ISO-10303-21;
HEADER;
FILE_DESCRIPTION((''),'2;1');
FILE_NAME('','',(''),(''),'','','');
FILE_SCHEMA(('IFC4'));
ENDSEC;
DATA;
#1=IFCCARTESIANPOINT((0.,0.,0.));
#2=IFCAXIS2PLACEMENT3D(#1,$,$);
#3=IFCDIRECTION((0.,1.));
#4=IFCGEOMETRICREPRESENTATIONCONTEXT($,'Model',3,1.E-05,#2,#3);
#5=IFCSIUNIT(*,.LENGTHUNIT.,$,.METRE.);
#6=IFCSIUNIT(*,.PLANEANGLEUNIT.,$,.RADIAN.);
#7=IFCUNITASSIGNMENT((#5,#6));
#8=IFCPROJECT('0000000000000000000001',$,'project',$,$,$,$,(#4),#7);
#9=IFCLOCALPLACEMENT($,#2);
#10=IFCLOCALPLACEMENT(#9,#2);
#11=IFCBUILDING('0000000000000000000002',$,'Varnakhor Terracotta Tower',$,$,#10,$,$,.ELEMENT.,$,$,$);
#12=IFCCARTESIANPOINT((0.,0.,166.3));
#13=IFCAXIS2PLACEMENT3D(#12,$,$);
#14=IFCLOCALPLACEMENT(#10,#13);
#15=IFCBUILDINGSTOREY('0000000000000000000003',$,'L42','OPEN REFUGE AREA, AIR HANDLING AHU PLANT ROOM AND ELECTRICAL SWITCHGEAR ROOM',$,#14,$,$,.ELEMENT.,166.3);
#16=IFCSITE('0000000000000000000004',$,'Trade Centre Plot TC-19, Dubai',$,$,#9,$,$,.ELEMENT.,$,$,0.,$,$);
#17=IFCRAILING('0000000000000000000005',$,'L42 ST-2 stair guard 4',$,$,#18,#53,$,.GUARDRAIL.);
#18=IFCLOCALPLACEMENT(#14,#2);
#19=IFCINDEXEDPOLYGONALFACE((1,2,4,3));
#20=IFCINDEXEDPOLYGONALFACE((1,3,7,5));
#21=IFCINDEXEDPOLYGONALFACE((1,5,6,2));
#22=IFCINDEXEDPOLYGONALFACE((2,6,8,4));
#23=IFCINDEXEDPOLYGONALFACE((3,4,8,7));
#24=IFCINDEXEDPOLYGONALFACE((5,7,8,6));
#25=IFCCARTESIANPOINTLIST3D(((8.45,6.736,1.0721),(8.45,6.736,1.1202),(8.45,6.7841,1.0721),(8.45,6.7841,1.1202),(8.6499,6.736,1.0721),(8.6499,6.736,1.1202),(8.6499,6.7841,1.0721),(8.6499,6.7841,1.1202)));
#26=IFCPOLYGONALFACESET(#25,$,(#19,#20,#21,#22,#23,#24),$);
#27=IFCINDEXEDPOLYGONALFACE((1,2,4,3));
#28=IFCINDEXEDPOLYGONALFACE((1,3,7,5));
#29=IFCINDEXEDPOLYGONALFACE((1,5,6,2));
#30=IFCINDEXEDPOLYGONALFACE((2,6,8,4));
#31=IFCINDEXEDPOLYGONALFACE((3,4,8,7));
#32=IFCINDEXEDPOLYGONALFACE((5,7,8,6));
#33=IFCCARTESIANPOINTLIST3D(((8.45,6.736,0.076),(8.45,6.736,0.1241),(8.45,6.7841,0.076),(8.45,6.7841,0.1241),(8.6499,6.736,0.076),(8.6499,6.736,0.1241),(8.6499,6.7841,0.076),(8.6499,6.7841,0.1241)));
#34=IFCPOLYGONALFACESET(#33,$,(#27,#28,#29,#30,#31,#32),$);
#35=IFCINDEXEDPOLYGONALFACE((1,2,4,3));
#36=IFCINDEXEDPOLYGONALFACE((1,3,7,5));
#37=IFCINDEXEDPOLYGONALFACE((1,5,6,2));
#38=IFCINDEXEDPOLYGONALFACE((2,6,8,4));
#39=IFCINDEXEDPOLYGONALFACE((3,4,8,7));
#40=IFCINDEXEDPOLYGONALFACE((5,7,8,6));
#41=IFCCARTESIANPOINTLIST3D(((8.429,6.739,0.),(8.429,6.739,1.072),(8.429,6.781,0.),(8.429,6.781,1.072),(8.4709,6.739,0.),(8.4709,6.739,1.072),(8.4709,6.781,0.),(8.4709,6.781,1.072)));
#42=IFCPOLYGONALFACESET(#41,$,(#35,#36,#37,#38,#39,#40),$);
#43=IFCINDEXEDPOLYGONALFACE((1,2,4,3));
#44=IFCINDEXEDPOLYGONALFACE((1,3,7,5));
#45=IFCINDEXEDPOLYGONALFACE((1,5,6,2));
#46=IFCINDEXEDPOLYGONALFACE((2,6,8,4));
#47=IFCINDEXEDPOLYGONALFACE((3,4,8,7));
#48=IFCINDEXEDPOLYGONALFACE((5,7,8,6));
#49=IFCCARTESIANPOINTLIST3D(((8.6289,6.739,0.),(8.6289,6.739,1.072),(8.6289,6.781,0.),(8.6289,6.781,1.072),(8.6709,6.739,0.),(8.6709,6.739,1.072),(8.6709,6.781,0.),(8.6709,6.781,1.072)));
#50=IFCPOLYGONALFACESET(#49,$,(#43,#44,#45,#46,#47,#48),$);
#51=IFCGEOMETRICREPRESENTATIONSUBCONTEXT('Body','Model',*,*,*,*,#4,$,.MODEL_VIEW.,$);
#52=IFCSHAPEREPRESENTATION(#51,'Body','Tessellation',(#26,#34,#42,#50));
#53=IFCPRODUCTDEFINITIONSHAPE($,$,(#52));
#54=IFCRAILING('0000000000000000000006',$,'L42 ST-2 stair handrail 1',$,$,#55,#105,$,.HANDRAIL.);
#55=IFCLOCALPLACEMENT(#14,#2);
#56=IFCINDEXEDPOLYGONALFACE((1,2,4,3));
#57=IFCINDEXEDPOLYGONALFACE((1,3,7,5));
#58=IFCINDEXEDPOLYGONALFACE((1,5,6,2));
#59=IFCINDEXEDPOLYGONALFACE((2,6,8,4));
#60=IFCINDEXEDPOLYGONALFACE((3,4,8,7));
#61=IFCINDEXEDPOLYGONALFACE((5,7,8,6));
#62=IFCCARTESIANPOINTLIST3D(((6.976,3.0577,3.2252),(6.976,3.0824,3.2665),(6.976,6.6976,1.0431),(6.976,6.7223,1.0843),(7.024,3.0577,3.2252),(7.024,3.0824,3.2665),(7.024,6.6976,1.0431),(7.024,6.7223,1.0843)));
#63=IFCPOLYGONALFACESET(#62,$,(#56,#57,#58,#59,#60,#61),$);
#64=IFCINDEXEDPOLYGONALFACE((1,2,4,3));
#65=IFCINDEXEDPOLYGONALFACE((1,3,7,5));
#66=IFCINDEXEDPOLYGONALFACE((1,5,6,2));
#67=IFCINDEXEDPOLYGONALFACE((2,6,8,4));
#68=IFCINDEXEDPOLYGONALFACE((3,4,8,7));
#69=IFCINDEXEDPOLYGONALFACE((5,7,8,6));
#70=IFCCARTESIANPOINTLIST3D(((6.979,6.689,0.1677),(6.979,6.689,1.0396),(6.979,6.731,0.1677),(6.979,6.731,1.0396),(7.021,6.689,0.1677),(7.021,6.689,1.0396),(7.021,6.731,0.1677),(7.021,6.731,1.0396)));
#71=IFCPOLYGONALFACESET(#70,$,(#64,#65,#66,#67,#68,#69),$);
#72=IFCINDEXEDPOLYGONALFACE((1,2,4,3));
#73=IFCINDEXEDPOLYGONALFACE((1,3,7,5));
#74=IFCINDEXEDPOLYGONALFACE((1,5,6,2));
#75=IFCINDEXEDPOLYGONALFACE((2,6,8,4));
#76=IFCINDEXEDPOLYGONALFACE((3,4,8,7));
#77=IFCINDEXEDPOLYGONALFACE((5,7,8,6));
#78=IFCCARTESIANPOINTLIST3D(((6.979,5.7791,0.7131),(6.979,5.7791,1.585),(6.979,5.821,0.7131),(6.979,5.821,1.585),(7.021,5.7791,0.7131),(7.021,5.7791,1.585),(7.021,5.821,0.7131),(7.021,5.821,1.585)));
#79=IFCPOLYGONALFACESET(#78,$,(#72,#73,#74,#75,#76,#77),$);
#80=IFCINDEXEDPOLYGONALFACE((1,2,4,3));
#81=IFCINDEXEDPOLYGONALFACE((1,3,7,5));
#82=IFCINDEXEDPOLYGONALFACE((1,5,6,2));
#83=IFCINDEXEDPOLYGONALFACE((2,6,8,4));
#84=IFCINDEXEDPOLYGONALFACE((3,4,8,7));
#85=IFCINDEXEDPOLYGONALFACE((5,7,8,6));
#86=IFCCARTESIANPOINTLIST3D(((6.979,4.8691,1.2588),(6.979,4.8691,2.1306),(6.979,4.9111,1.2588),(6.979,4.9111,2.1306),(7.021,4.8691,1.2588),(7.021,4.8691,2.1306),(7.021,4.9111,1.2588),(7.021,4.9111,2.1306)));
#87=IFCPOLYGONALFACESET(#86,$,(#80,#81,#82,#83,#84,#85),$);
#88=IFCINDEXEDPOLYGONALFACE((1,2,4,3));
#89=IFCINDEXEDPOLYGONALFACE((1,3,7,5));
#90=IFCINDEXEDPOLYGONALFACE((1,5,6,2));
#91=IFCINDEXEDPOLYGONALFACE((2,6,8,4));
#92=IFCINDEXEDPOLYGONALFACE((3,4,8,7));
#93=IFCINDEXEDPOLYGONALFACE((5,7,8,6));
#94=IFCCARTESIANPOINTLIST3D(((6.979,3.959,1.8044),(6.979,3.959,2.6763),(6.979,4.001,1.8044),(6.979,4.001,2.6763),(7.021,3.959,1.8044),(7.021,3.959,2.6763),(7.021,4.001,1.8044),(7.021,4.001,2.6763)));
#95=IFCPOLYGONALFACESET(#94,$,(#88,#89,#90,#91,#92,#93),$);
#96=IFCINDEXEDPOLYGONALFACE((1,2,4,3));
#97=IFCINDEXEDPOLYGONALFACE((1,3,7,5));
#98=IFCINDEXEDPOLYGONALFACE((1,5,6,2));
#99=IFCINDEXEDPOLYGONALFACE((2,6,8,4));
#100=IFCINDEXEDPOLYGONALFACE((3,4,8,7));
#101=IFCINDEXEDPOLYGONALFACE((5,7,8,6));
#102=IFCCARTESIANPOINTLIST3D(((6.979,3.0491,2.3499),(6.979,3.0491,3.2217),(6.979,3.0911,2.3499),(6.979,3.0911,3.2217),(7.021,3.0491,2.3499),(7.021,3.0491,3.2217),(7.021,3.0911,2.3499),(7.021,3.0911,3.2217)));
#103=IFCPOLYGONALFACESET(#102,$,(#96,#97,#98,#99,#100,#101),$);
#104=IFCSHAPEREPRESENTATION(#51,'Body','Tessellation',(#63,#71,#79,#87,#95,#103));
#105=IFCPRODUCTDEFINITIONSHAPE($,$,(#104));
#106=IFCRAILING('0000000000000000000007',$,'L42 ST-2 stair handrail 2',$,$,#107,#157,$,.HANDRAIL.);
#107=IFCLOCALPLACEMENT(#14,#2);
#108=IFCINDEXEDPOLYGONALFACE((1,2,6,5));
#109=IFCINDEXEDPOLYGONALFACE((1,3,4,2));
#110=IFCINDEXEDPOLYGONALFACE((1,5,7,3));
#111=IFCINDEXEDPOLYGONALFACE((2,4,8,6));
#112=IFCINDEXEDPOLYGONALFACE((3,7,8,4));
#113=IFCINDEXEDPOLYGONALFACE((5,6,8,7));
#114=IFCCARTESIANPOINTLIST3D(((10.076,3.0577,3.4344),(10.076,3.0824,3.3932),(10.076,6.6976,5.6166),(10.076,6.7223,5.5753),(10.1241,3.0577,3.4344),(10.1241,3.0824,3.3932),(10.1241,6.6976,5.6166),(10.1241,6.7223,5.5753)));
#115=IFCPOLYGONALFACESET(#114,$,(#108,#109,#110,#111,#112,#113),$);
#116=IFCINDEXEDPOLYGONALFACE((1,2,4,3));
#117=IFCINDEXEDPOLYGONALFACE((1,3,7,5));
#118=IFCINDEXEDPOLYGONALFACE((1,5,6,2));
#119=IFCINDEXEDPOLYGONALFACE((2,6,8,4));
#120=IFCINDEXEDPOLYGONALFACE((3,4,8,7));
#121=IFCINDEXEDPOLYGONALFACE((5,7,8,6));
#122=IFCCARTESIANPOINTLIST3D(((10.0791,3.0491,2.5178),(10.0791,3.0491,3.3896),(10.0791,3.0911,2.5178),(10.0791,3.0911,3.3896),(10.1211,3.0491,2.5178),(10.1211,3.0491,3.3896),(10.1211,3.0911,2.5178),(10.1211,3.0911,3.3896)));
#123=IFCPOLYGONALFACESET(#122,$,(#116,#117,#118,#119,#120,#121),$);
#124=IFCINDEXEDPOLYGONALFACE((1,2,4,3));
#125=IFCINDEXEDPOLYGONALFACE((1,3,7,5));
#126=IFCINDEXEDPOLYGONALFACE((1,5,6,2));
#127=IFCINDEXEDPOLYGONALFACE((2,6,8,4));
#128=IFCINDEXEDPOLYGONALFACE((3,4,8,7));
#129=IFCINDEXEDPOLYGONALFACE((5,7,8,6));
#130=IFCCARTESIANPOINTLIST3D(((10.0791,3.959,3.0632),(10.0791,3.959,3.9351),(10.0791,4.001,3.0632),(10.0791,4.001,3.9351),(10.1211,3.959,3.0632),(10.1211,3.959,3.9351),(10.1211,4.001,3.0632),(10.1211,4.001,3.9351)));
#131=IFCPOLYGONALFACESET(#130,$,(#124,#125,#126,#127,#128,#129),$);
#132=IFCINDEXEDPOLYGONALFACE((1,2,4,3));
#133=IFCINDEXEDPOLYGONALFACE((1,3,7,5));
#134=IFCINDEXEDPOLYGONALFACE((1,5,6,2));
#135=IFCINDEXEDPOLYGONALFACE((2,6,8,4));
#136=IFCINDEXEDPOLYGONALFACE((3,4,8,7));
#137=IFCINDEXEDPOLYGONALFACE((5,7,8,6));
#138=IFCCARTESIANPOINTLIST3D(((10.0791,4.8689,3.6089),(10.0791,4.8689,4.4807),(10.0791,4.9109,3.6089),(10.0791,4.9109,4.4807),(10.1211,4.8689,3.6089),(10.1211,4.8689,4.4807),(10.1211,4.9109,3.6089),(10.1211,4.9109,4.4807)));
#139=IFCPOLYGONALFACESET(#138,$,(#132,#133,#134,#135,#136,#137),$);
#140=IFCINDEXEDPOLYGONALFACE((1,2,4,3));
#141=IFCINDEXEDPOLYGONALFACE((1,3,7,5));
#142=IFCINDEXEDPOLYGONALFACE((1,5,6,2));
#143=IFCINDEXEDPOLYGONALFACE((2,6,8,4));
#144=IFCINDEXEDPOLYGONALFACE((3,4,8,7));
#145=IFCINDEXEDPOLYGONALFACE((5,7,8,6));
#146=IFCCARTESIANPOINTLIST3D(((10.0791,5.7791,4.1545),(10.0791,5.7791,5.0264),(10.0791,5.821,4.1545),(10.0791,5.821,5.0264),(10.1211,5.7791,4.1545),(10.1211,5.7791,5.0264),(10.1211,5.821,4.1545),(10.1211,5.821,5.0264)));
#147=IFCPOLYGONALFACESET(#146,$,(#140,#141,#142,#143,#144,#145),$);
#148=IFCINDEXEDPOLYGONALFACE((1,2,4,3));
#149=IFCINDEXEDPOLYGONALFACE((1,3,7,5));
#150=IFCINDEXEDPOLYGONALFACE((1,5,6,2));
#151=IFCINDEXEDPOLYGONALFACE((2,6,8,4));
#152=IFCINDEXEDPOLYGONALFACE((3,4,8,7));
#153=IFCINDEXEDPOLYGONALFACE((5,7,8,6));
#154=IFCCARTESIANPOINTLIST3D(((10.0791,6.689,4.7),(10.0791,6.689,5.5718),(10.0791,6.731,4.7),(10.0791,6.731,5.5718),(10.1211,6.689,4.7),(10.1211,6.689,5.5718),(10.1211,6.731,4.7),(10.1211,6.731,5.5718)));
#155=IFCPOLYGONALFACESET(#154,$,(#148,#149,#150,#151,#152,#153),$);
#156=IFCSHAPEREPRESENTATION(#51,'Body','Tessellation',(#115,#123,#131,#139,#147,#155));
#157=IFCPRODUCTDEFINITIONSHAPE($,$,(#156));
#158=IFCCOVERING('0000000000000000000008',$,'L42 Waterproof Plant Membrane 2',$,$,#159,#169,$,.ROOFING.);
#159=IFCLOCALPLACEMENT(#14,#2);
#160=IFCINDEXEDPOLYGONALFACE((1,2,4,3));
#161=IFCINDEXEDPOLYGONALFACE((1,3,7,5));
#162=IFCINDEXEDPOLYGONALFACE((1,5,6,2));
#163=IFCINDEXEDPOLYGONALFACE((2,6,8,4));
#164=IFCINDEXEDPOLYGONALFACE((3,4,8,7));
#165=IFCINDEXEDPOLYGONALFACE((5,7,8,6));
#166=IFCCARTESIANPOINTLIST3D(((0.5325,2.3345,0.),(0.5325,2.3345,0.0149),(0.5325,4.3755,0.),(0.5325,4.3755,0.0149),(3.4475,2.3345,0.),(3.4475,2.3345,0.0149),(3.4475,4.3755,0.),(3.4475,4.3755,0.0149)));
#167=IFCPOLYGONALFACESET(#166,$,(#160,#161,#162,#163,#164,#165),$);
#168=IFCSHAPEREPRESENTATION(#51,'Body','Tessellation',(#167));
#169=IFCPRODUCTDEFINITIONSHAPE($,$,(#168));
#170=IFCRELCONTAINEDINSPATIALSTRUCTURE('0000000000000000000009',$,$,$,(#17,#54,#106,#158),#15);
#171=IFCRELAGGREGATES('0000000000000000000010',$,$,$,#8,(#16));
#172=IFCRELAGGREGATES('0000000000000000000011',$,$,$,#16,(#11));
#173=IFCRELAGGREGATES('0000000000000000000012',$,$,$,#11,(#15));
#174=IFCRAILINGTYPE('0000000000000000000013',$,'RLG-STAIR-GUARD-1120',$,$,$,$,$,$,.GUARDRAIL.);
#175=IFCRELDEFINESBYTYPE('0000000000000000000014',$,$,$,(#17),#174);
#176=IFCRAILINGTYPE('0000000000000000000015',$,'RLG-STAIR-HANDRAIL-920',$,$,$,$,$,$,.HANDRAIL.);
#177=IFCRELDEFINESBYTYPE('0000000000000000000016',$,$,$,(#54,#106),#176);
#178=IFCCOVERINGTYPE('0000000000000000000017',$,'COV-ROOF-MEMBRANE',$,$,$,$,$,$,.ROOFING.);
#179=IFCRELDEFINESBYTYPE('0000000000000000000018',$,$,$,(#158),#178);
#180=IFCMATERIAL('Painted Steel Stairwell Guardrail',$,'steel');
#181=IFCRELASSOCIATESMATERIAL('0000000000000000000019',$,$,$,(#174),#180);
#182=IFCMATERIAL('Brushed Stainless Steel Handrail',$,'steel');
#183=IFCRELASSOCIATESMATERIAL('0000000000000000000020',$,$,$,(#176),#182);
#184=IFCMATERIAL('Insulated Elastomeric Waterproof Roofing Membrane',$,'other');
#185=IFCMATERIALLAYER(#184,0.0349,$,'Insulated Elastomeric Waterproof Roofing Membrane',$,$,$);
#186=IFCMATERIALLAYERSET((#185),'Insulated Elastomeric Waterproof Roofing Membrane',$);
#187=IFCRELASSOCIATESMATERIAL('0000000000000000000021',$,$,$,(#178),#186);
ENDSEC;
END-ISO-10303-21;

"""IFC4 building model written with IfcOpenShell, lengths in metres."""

from ifc_helpers import new_model, si_unit, direction, frame, origin, origin_2d, place, context, subcontext, project, spatial, rectangle, extrude, source, transform, mapped, material, layer, layer_set, type_object, element, save


model = new_model("IFC4")

# Units and contexts
model_context = context("Model", 3, precision=1e-05, world=origin(), true_north=direction((0.0, 1.0)))
body_context = subcontext(model_context, "Body", "Model", "MODEL_VIEW")
ifc_project = project(units=[si_unit("LENGTHUNIT", "METRE"), si_unit("PLANEANGLEUNIT", "RADIAN")], contexts=[model_context])

# Site, building, storey
site_placement = place(None, origin())
site = spatial("IfcSite", under=ifc_project, at=site_placement, Name="Trade Centre Plot TC-19, Dubai", CompositionType="ELEMENT", RefElevation=0.0)
building_placement = place(site_placement, origin())
building = spatial("IfcBuilding", under=site, at=building_placement, Name="Varnakhor Terracotta Tower", CompositionType="ELEMENT")
storey_placement = place(building_placement, frame((0.0, 0.0, 166.3)))
storey = spatial("IfcBuildingStorey", under=building, at=storey_placement, Name="L42", Description="OPEN REFUGE AREA, AIR HANDLING AHU PLANT ROOM AND ELECTRICAL SWITCHGEAR ROOM", CompositionType="ELEMENT", Elevation=166.3)

# Railings
ifc_material_1 = material(Name="Painted Steel Stairwell Guardrail", Category="steel")
railing_type_1 = type_object("IfcRailingType", Name="RLG-STAIR-GUARD-1120", PredefinedType="GUARDRAIL", material=ifc_material_1)
railing_1_placement = place(storey_placement, frame((8.45, 6.76, 0.0)))
element("IfcRailing", 1, at=railing_1_placement, inside=storey, type_object=railing_type_1, Name="L42 ST-2 stair guard 4", PredefinedType="GUARDRAIL", context=body_context, shape_type="SweptSolid", body=[
    extrude(rectangle(XDim=0.0481, YDim=0.0481, at=origin_2d()), frame((0.0, 0.0, 1.0962), z_axis=(1.0, 0.0, 0.0), x_axis=(0.0, 1.0, 0.0)), (0.0, 0.0, 1.0), 0.2),
    extrude(rectangle(XDim=0.0481, YDim=0.0481, at=origin_2d()), frame((0.0, 0.0, 0.1001), z_axis=(1.0, 0.0, 0.0), x_axis=(0.0, 1.0, 0.0)), (0.0, 0.0, 1.0), 0.2),
    extrude(rectangle(XDim=0.042, YDim=0.042, at=origin_2d()), origin(), (0.0, 0.0, 1.0), 1.072),
    extrude(rectangle(XDim=0.042, YDim=0.042, at=origin_2d()), frame((0.2, 0.0, 0.0)), (0.0, 0.0, 1.0), 1.072),
])
ifc_material_2 = material(Name="Brushed Stainless Steel Handrail", Category="steel")
railing_type_2 = type_object("IfcRailingType", Name="RLG-STAIR-HANDRAIL-920", PredefinedType="HANDRAIL", material=ifc_material_2)
railing_2_placement = place(storey_placement, frame((7.0, 6.71, 0.1677)))
element("IfcRailing", 2, at=railing_2_placement, inside=storey, type_object=railing_type_2, Name="L42 ST-2 stair handrail 1", PredefinedType="HANDRAIL", context=body_context, shape_type="SweptSolid", body=[
    extrude(rectangle(XDim=0.0481, YDim=0.0481, at=origin_2d()), frame((0.0, 0.0, 0.896), z_axis=(0.0, -0.857681, 0.514183), x_axis=(1.0, 0.0, 0.0)), (0.0, 0.0, 1.0), 4.2439),
    extrude(rectangle(XDim=0.042, YDim=0.042, at=origin_2d()), origin(), (0.0, 0.0, 1.0), 0.8718),
    extrude(rectangle(XDim=0.042, YDim=0.042, at=origin_2d()), frame((0.0, -0.9099, 0.5454)), (0.0, 0.0, 1.0), 0.8718),
    extrude(rectangle(XDim=0.042, YDim=0.042, at=origin_2d()), frame((0.0, -1.8198, 1.0911)), (0.0, 0.0, 1.0), 0.8718),
    extrude(rectangle(XDim=0.042, YDim=0.042, at=origin_2d()), frame((0.0, -2.73, 1.6367)), (0.0, 0.0, 1.0), 0.8718),
    extrude(rectangle(XDim=0.042, YDim=0.042, at=origin_2d()), frame((0.0, -3.6399, 2.1821)), (0.0, 0.0, 1.0), 0.8718),
])
railing_3_placement = place(storey_placement, frame((10.1001, 3.0701, 2.5178)))
element("IfcRailing", 3, at=railing_3_placement, inside=storey, type_object=railing_type_2, Name="L42 ST-2 stair handrail 2", PredefinedType="HANDRAIL", context=body_context, shape_type="SweptSolid", body=[
    extrude(rectangle(XDim=0.0481, YDim=0.0481, at=origin_2d()), frame((0.0, 0.0, 0.896), z_axis=(0.0, 0.857681, 0.514183), x_axis=(-1.0, 0.0, 0.0)), (0.0, 0.0, 1.0), 4.2439),
    extrude(rectangle(XDim=0.042, YDim=0.042, at=origin_2d()), origin(), (0.0, 0.0, 1.0), 0.8718),
    extrude(rectangle(XDim=0.042, YDim=0.042, at=origin_2d()), frame((0.0, 0.9099, 0.5454)), (0.0, 0.0, 1.0), 0.8718),
    extrude(rectangle(XDim=0.042, YDim=0.042, at=origin_2d()), frame((0.0, 1.8198, 1.0911)), (0.0, 0.0, 1.0), 0.8718),
    extrude(rectangle(XDim=0.042, YDim=0.042, at=origin_2d()), frame((0.0, 2.73, 1.6367)), (0.0, 0.0, 1.0), 0.8718),
    extrude(rectangle(XDim=0.042, YDim=0.042, at=origin_2d()), frame((0.0, 3.6399, 2.1821)), (0.0, 0.0, 1.0), 0.8718),
])

# Covering
ifc_material_3 = material(Name="Insulated Elastomeric Waterproof Roofing Membrane", Category="other")
ifc_layer_1 = layer(ifc_material_3, 0.0349, Name="Insulated Elastomeric Waterproof Roofing Membrane")
ifc_layer_set_1 = layer_set([ifc_layer_1], Name="Insulated Elastomeric Waterproof Roofing Membrane")
covering_type = type_object("IfcCoveringType", Name="COV-ROOF-MEMBRANE", PredefinedType="ROOFING", material=ifc_layer_set_1)
shared_shape_1 = source(origin(), body_context, "Body", "SweptSolid", [
    extrude(rectangle(XDim=2.915, YDim=2.041, at=origin_2d()), origin(), (0.0, 0.0, 1.0), 0.0149),
])
covering_placement = place(storey_placement, frame((1.99, 3.355, 0.0), z_axis=(0.0, 0.0, 1.0), x_axis=(1.0, 0.0, 0.0)))
element("IfcCovering", 4, at=covering_placement, inside=storey, type_object=covering_type, Name="L42 Waterproof Plant Membrane 2", PredefinedType="ROOFING", context=body_context, shape_type="MappedRepresentation", body=[
    mapped(shared_shape_1, transform((0.0, 0.0, 0.0), scale=1.0)),
])

save(model, "model.ifc")
